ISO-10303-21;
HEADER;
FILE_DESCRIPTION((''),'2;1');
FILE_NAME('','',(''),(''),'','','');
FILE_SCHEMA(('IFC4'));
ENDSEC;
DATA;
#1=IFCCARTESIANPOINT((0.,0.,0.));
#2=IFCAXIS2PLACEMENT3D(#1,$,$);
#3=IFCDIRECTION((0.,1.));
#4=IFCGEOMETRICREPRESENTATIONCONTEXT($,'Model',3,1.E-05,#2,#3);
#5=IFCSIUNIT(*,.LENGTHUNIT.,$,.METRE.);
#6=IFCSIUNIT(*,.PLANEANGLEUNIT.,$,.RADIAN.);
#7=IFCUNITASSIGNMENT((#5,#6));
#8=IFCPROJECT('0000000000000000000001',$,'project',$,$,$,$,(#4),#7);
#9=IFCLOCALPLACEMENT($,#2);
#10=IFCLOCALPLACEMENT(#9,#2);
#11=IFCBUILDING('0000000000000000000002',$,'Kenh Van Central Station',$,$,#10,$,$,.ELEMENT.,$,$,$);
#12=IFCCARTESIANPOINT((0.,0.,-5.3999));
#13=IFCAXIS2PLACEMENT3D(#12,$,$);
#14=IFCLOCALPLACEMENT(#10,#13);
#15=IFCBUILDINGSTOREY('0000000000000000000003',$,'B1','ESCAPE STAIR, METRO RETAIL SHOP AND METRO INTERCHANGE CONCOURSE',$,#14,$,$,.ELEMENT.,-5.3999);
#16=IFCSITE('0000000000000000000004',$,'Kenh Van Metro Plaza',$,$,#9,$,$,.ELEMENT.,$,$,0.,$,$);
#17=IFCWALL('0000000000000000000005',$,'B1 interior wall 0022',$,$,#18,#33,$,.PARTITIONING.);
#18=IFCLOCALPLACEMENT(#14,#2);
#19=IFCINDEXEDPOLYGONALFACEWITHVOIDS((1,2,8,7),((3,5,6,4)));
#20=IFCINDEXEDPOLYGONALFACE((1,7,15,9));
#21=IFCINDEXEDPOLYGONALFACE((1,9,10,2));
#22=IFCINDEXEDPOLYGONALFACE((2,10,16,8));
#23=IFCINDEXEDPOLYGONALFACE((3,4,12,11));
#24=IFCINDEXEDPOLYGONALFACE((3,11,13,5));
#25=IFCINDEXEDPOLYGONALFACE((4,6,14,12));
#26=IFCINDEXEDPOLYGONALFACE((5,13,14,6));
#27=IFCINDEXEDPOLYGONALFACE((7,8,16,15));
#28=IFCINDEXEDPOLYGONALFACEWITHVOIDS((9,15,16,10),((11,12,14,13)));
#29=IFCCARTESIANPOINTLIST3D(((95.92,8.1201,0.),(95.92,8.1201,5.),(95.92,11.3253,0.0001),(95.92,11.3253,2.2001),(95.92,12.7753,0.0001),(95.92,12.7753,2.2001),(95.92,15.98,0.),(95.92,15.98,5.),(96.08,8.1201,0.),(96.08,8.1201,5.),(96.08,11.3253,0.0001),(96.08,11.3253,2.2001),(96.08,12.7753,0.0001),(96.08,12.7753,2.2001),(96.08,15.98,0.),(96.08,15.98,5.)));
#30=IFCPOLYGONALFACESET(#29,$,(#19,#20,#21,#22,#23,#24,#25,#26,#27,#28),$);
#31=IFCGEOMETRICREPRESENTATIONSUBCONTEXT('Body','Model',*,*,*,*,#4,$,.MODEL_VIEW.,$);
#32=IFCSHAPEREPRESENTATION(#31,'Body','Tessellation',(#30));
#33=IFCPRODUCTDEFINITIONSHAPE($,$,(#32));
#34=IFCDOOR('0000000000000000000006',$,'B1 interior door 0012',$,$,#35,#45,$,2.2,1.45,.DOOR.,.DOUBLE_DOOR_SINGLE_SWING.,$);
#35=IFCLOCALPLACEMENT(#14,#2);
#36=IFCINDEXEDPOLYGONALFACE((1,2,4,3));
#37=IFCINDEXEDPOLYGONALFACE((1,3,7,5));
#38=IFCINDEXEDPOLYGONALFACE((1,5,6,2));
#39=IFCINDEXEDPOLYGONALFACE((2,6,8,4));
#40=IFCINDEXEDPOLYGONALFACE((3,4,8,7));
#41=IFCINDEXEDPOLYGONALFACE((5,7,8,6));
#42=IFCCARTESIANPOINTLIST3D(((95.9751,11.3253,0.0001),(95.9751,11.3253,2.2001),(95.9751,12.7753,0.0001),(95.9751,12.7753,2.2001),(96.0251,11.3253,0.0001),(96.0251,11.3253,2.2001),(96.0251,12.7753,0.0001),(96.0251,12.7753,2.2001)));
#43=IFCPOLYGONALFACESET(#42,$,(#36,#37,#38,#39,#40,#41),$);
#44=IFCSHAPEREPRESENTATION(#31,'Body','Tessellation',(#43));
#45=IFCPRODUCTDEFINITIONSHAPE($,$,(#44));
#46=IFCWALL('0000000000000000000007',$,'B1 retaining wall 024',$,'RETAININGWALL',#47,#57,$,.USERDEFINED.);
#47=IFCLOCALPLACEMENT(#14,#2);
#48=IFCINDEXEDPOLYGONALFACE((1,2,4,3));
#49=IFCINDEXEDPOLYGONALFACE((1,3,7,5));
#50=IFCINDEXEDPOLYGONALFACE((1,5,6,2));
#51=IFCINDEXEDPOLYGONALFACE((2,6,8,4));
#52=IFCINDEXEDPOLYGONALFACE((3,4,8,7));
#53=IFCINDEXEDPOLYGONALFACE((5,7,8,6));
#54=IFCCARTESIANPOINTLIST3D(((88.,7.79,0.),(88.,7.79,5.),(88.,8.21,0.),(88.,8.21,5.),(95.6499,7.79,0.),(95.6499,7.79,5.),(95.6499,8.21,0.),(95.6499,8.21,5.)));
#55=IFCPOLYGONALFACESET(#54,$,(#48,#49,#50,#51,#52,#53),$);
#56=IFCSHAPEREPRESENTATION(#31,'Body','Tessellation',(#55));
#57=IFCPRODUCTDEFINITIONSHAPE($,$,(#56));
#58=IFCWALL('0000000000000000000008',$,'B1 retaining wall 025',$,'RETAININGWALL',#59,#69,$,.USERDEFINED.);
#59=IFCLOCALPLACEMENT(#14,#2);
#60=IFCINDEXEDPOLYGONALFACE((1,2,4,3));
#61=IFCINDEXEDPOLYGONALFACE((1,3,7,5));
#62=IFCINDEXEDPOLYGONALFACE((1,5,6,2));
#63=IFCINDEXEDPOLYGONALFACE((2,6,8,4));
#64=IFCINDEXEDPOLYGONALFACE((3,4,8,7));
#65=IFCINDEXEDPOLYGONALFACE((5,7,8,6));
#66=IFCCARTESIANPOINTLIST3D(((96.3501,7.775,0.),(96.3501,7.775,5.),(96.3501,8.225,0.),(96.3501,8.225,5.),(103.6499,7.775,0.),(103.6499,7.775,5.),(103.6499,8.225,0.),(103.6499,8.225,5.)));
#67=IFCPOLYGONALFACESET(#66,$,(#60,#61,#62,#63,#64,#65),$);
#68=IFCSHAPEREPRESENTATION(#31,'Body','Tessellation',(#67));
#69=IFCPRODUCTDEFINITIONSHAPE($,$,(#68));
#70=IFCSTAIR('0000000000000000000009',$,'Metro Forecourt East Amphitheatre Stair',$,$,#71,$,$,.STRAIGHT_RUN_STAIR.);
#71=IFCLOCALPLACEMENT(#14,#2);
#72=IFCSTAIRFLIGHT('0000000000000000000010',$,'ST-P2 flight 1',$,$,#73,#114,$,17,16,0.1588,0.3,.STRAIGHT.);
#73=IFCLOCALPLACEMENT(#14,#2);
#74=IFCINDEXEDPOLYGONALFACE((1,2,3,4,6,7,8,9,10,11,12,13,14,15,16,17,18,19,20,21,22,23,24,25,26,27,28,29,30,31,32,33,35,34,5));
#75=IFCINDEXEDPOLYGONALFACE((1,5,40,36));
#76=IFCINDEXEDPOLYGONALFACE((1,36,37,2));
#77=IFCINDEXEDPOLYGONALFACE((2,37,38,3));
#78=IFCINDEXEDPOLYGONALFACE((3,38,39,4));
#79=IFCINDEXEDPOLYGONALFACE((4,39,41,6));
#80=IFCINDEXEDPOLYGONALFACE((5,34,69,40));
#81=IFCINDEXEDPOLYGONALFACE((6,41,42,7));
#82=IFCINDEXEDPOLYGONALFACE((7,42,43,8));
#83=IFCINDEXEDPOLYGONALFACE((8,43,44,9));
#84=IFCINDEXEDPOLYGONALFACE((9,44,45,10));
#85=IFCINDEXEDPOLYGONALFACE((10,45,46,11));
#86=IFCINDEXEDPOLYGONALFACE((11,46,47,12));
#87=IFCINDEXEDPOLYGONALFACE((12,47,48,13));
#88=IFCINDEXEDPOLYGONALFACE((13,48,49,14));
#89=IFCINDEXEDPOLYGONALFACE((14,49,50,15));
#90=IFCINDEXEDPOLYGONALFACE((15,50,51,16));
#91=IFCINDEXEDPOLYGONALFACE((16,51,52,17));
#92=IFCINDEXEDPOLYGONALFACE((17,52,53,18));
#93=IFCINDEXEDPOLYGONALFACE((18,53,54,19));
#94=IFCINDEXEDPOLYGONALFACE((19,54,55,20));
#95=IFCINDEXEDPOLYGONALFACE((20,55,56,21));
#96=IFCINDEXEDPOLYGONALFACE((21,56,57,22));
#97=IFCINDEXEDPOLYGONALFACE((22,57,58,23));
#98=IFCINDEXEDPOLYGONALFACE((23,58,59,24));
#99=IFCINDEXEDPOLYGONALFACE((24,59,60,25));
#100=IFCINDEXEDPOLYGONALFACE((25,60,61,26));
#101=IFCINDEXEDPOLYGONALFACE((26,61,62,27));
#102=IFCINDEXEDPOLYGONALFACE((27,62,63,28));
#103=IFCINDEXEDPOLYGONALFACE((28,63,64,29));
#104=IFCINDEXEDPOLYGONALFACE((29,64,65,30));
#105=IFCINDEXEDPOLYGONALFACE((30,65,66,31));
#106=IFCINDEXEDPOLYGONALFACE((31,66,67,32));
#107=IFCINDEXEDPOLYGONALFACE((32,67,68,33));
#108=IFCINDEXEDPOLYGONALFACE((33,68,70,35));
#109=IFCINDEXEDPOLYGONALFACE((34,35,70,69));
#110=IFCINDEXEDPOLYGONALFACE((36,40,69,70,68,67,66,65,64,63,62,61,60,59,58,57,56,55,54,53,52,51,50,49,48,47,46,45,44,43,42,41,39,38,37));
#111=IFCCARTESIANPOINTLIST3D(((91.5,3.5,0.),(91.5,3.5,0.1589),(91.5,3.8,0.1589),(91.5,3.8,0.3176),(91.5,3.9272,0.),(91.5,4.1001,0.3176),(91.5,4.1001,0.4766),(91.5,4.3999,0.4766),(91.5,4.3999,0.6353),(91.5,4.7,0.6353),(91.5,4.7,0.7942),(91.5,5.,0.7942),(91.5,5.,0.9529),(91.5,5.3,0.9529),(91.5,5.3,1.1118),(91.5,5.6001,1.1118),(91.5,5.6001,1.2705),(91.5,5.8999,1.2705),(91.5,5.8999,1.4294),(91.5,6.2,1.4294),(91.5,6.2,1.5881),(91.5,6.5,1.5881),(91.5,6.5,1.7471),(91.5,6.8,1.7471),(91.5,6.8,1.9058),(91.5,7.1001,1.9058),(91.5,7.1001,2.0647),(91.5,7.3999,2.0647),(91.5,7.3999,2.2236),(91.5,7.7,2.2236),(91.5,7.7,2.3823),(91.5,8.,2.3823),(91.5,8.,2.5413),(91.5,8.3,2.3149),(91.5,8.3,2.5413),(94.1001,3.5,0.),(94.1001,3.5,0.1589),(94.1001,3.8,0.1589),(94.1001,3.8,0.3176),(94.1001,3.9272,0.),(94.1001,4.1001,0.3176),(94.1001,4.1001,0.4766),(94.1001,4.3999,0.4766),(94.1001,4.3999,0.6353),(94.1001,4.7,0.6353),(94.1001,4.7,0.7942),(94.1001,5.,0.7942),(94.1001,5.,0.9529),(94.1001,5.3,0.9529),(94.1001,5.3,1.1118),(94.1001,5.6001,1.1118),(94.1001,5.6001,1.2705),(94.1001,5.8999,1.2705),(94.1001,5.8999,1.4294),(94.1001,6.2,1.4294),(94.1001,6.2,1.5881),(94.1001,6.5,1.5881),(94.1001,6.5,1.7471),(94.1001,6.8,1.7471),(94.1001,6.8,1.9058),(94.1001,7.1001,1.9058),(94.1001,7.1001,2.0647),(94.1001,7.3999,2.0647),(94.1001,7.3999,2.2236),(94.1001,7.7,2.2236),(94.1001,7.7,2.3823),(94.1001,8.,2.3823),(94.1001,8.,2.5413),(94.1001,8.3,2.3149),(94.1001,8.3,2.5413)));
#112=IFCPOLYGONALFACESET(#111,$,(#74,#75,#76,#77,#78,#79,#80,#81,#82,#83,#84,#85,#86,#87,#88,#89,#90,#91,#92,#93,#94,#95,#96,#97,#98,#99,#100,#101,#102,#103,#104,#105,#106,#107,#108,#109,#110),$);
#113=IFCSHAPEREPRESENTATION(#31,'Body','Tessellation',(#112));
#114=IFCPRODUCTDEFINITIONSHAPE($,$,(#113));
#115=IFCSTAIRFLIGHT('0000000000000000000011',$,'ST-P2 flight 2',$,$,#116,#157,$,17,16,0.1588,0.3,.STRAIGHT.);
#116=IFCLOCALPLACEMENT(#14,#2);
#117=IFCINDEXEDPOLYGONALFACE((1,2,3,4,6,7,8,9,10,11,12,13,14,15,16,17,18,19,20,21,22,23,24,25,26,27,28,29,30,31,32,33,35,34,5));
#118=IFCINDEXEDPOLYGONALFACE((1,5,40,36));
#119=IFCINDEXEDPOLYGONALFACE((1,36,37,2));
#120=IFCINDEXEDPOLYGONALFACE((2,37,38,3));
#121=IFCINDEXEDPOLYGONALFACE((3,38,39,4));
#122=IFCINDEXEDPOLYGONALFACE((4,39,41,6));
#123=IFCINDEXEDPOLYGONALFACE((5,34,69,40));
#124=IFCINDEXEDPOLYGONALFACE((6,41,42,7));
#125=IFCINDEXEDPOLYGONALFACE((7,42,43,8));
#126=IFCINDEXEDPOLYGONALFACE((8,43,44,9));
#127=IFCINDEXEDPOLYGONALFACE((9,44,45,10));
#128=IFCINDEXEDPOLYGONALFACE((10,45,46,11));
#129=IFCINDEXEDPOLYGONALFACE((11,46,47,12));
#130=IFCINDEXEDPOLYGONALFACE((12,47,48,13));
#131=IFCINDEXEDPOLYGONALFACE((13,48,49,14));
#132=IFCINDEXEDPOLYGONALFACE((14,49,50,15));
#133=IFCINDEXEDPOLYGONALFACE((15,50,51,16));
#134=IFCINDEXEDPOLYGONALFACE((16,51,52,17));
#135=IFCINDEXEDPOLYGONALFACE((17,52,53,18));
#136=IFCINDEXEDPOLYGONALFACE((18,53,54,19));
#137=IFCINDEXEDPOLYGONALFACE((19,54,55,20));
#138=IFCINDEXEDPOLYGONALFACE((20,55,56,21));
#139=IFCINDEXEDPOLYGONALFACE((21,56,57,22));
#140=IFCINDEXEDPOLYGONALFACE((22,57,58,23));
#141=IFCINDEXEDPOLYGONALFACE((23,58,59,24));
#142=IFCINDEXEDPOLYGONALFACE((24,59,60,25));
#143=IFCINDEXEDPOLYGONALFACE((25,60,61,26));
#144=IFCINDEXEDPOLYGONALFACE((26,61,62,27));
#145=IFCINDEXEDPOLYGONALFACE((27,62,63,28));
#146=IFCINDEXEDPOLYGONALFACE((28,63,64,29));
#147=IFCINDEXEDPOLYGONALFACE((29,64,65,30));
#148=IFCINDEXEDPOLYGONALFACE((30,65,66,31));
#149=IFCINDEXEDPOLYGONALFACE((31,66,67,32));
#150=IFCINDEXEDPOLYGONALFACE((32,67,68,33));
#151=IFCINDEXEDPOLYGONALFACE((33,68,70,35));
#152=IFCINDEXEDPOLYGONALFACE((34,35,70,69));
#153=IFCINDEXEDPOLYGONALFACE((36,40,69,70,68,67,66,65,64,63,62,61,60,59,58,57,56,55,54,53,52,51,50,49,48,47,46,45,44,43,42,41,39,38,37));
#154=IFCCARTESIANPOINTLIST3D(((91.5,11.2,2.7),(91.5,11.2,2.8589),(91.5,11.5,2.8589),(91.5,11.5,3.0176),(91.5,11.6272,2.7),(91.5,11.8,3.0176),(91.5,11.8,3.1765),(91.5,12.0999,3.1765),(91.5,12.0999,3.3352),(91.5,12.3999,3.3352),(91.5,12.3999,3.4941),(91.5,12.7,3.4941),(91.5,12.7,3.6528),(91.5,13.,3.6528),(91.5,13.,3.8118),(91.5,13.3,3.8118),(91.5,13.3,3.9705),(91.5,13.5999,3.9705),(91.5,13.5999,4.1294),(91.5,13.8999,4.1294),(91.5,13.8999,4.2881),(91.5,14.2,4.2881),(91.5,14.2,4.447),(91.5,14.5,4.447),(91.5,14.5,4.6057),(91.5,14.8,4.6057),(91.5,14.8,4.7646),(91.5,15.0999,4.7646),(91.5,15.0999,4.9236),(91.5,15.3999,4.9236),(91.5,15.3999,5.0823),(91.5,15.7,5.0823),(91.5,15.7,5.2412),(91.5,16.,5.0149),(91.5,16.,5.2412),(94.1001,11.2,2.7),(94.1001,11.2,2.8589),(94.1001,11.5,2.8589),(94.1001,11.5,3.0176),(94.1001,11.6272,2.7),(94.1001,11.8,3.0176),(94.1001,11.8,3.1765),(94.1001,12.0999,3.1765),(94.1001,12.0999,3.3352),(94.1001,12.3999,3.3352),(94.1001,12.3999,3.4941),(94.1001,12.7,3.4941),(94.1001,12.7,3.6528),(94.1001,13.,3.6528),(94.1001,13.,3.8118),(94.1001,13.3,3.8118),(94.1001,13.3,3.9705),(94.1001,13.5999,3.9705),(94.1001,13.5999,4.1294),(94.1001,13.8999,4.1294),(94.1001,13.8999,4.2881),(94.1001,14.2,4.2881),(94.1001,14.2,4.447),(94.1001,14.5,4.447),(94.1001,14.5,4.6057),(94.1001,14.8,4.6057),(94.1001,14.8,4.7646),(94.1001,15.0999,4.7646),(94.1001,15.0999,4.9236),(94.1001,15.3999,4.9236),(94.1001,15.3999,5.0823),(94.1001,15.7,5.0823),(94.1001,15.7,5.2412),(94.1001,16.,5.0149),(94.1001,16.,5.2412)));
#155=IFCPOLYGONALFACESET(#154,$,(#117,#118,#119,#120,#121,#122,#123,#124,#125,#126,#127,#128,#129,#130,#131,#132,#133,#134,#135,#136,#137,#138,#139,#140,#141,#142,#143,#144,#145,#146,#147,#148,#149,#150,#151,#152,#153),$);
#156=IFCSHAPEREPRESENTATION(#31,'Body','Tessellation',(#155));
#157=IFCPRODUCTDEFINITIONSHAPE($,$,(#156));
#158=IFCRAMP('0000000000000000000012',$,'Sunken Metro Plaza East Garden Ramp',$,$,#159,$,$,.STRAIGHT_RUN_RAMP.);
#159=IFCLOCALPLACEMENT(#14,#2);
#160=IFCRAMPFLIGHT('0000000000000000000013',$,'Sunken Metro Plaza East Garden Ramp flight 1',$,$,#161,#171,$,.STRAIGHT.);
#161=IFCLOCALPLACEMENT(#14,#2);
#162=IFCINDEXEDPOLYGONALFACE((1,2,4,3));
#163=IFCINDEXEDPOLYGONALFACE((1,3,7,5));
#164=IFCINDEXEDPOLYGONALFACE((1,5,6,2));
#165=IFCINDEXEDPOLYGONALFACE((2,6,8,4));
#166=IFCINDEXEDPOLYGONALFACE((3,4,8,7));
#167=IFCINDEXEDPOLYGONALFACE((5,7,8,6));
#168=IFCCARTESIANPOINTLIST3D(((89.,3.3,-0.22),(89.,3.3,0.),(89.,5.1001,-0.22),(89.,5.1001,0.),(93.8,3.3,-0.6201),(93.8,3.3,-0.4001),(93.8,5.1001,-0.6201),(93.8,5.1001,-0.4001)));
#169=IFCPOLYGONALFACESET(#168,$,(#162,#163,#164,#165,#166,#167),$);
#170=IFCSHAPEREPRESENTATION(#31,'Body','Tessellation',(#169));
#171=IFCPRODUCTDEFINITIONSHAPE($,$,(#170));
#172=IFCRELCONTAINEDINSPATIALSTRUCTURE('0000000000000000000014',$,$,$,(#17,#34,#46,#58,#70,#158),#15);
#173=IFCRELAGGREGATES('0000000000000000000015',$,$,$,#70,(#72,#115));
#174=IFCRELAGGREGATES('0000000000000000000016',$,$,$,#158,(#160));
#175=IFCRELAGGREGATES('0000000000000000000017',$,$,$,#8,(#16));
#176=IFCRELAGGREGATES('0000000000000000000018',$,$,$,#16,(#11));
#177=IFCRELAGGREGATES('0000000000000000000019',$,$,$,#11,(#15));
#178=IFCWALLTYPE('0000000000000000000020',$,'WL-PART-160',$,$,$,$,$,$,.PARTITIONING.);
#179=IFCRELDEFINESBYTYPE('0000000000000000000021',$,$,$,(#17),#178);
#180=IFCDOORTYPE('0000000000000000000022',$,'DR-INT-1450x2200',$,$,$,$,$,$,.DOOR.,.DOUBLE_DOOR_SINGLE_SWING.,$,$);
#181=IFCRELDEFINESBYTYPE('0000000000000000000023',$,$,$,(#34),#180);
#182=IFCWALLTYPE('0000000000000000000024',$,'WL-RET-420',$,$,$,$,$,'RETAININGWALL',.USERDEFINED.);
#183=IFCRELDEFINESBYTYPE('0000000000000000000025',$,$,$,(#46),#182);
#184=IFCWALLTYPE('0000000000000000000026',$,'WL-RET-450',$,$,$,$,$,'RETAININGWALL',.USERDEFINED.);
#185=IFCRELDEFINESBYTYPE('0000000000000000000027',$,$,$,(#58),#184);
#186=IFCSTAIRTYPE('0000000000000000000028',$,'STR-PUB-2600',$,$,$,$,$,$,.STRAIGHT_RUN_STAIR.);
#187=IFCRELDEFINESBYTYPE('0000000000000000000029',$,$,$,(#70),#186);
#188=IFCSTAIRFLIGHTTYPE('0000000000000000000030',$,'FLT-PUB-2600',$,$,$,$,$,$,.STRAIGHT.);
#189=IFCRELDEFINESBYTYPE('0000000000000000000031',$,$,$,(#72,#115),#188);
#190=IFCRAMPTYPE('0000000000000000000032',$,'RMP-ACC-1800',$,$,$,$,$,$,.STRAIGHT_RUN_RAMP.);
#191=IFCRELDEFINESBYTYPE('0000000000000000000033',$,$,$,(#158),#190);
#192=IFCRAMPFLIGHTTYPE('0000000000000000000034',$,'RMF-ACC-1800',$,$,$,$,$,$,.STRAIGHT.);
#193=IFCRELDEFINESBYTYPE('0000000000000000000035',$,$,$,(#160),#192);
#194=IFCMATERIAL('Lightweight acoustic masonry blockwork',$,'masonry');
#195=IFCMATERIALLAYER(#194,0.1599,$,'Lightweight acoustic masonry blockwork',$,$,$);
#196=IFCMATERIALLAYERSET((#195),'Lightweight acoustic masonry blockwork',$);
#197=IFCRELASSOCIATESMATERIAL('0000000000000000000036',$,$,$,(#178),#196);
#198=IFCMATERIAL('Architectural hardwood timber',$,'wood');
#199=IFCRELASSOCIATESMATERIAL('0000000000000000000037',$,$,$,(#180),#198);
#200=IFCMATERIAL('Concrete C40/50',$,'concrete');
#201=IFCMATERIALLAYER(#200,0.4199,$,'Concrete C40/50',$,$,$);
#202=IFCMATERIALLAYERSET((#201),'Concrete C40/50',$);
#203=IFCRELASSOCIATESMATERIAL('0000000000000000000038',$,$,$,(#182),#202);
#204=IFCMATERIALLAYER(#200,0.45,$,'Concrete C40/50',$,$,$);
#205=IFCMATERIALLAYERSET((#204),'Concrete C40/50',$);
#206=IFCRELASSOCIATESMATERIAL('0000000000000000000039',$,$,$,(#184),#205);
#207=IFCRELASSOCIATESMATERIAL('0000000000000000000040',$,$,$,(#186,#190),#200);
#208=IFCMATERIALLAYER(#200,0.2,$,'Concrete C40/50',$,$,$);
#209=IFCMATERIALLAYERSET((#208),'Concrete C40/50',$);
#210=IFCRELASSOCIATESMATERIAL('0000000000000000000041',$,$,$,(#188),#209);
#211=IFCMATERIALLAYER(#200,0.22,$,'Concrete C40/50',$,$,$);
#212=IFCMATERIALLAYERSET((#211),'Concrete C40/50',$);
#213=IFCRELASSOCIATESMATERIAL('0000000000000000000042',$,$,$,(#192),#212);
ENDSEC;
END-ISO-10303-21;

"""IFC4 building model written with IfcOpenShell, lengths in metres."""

from ifc_helpers import new_model, si_unit, direction, frame, frame_2d, origin, place, context, subcontext, project, spatial, polyline, rectangle, outline, extrude, material, layer, layer_set, type_object, element, fill, aggregate, save


model = new_model("IFC4")

# Units and contexts
model_context = context("Model", 3, precision=1e-05, world=origin(), true_north=direction((0.0, 1.0)))
body_context = subcontext(model_context, "Body", "Model", "MODEL_VIEW")
ifc_project = project(units=[si_unit("LENGTHUNIT", "METRE"), si_unit("PLANEANGLEUNIT", "RADIAN")], contexts=[model_context])

# Site, building, storey
site_placement = place(None, origin())
site = spatial("IfcSite", under=ifc_project, at=site_placement, Name="Kenh Van Metro Plaza", CompositionType="ELEMENT", RefElevation=0.0)
building_placement = place(site_placement, origin())
building = spatial("IfcBuilding", under=site, at=building_placement, Name="Kenh Van Central Station", CompositionType="ELEMENT")
storey_placement = place(building_placement, frame((0.0, 0.0, -5.3999)))
storey = spatial("IfcBuildingStorey", under=building, at=storey_placement, Name="B1", Description="ESCAPE STAIR, METRO RETAIL SHOP AND METRO INTERCHANGE CONCOURSE", CompositionType="ELEMENT", Elevation=-5.3999)

# Shared definitions
ifc_material_1 = material(Name="Concrete C40/50", Category="concrete")

# Wall, opening, door
ifc_material_2 = material(Name="Lightweight acoustic masonry blockwork", Category="masonry")
ifc_layer_1 = layer(ifc_material_2, 0.1599, Name="Lightweight acoustic masonry blockwork")
ifc_layer_set_1 = layer_set([ifc_layer_1], Name="Lightweight acoustic masonry blockwork")
wall_type_1 = type_object("IfcWallType", Name="WL-PART-160", PredefinedType="PARTITIONING", material=ifc_layer_set_1)
wall_1_placement = place(storey_placement, frame((96.0, 8.1201, 0.0), z_axis=(0.0, 0.0, 1.0), x_axis=(0.0, 1.0, 0.0)))
wall_1 = element("IfcWall", 1, at=wall_1_placement, inside=storey, type_object=wall_type_1, Name="B1 interior wall 0022", PredefinedType="PARTITIONING", context=body_context, shape_type="SweptSolid", body=[
    extrude(rectangle(XDim=7.8599, YDim=0.1599, at=frame_2d((3.9299, 0.0))), origin(), (0.0, 0.0, 1.0), 5.0),
])
opening_placement = place(wall_1_placement, frame((3.2051, 0.0, 0.0)))
opening = element("IfcOpeningElement", 2, at=opening_placement, cuts=wall_1, PredefinedType="OPENING", context=body_context, shape_type="SweptSolid", body=[
    extrude(rectangle(XDim=1.45, YDim=2.2, at=frame_2d((0.7251, 1.1001))), frame((0.0, 0.0898, 0.0), z_axis=(0.0, -1.0, 0.0), x_axis=(1.0, 0.0, 0.0)), (0.0, 0.0, 1.0), 0.1799),
])
ifc_material_3 = material(Name="Architectural hardwood timber", Category="wood")
door_type = type_object("IfcDoorType", Name="DR-INT-1450x2200", OperationType="DOUBLE_DOOR_SINGLE_SWING", PredefinedType="DOOR", material=ifc_material_3)
door_placement = place(opening_placement, origin())
door = element("IfcDoor", 3, at=door_placement, inside=storey, type_object=door_type, Name="B1 interior door 0012", OperationType="DOUBLE_DOOR_SINGLE_SWING", OverallHeight=2.2, OverallWidth=1.45, PredefinedType="DOOR", context=body_context, shape_type="SweptSolid", body=[
    extrude(rectangle(XDim=1.45, YDim=2.2, at=frame_2d((0.7251, 1.1001))), frame((0.0, 0.0249, 0.0), z_axis=(0.0, -1.0, 0.0), x_axis=(1.0, 0.0, 0.0)), (0.0, 0.0, 1.0), 0.05),
])
fill(opening, door)

# Walls
ifc_layer_2 = layer(ifc_material_1, 0.4199, Name="Concrete C40/50")
ifc_layer_set_2 = layer_set([ifc_layer_2], Name="Concrete C40/50")
wall_type_2 = type_object("IfcWallType", Name="WL-RET-420", ElementType="RETAININGWALL", PredefinedType="USERDEFINED", material=ifc_layer_set_2)
wall_2_placement = place(storey_placement, frame((88.0, 8.0, 0.0), z_axis=(0.0, 0.0, 1.0), x_axis=(1.0, 0.0, 0.0)))
element("IfcWall", 4, at=wall_2_placement, inside=storey, type_object=wall_type_2, Name="B1 retaining wall 024", ObjectType="RETAININGWALL", PredefinedType="USERDEFINED", context=body_context, shape_type="SweptSolid", body=[
    extrude(rectangle(XDim=7.6499, YDim=0.4199, at=frame_2d((3.825, 0.0))), origin(), (0.0, 0.0, 1.0), 5.0),
])
ifc_layer_3 = layer(ifc_material_1, 0.45, Name="Concrete C40/50")
ifc_layer_set_3 = layer_set([ifc_layer_3], Name="Concrete C40/50")
wall_type_3 = type_object("IfcWallType", Name="WL-RET-450", ElementType="RETAININGWALL", PredefinedType="USERDEFINED", material=ifc_layer_set_3)
wall_3_placement = place(storey_placement, frame((96.3501, 8.0, 0.0), z_axis=(0.0, 0.0, 1.0), x_axis=(1.0, 0.0, 0.0)))
element("IfcWall", 5, at=wall_3_placement, inside=storey, type_object=wall_type_3, Name="B1 retaining wall 025", ObjectType="RETAININGWALL", PredefinedType="USERDEFINED", context=body_context, shape_type="SweptSolid", body=[
    extrude(rectangle(XDim=7.2998, YDim=0.45, at=frame_2d((3.6499, 0.0))), origin(), (0.0, 0.0, 1.0), 5.0),
])

# Stair, stair flights
stair_type = type_object("IfcStairType", Name="STR-PUB-2600", PredefinedType="STRAIGHT_RUN_STAIR", material=ifc_material_1)
stair_placement = place(storey_placement, origin())
stair = element("IfcStair", 6, at=stair_placement, inside=storey, type_object=stair_type, Name="Metro Forecourt East Amphitheatre Stair", PredefinedType="STRAIGHT_RUN_STAIR")
ifc_layer_4 = layer(ifc_material_1, 0.2, Name="Concrete C40/50")
ifc_layer_set_4 = layer_set([ifc_layer_4], Name="Concrete C40/50")
stair_flight_type = type_object("IfcStairFlightType", Name="FLT-PUB-2600", PredefinedType="STRAIGHT", material=ifc_layer_set_4)
stair_flight_1_placement = place(storey_placement, frame((92.8, 3.5, 0.0), z_axis=(0.0, 0.0, 1.0), x_axis=(0.0, 1.0, 0.0)))
stair_flight_1 = element("IfcStairFlight", 7, at=stair_flight_1_placement, type_object=stair_flight_type, Name="ST-P2 flight 1", NumberOfRisers=17, NumberOfTreads=16, PredefinedType="STRAIGHT", RiserHeight=0.1588, TreadLength=0.3, context=body_context, shape_type="SweptSolid", body=[
    extrude(outline(polyline([(0.0, 0.0), (0.0, 0.1589), (0.3, 0.1589), (0.3, 0.3176), (0.6001, 0.3176), (0.6001, 0.4766), (0.8999, 0.4766), (0.8999, 0.6353), (1.2, 0.6353), (1.2, 0.7942), (1.5, 0.7942), (1.5, 0.9529), (1.8, 0.9529), (1.8, 1.1118), (2.1001, 1.1118), (2.1001, 1.2705), (2.3999, 1.2705), (2.3999, 1.4294), (2.7, 1.4294), (2.7, 1.5881), (3.0, 1.5881), (3.0, 1.7471), (3.3, 1.7471), (3.3, 1.9058), (3.6001, 1.9058), (3.6001, 2.0647), (3.8999, 2.0647), (3.8999, 2.2236), (4.2, 2.2236), (4.2, 2.3823), (4.5, 2.3823), (4.5, 2.5413), (4.8, 2.5413), (4.8, 2.7), (4.8, 2.3149), (0.4272, 0.0), (0.0, 0.0)])), frame((0.0, 1.3, 0.0), z_axis=(0.0, -1.0, 0.0), x_axis=(1.0, 0.0, 0.0)), (0.0, 0.0, 1.0), 2.6001),
])
stair_flight_2_placement = place(storey_placement, frame((92.8, 11.2, 2.7), z_axis=(0.0, 0.0, 1.0), x_axis=(0.0, 1.0, 0.0)))
stair_flight_2 = element("IfcStairFlight", 8, at=stair_flight_2_placement, type_object=stair_flight_type, Name="ST-P2 flight 2", NumberOfRisers=17, NumberOfTreads=16, PredefinedType="STRAIGHT", RiserHeight=0.1588, TreadLength=0.3, context=body_context, shape_type="SweptSolid", body=[
    extrude(outline(polyline([(0.0, 0.0), (0.0, 0.1589), (0.3, 0.1589), (0.3, 0.3176), (0.6001, 0.3176), (0.6001, 0.4766), (0.8999, 0.4766), (0.8999, 0.6353), (1.2, 0.6353), (1.2, 0.7942), (1.5, 0.7942), (1.5, 0.9529), (1.8, 0.9529), (1.8, 1.1118), (2.1001, 1.1118), (2.1001, 1.2705), (2.3999, 1.2705), (2.3999, 1.4294), (2.7, 1.4294), (2.7, 1.5881), (3.0, 1.5881), (3.0, 1.7471), (3.3, 1.7471), (3.3, 1.9058), (3.6001, 1.9058), (3.6001, 2.0647), (3.8999, 2.0647), (3.8999, 2.2236), (4.2, 2.2236), (4.2, 2.3823), (4.5, 2.3823), (4.5, 2.5413), (4.8, 2.5413), (4.8, 2.7), (4.8, 2.3149), (0.4272, 0.0), (0.0, 0.0)])), frame((0.0, 1.3, 0.0), z_axis=(0.0, -1.0, 0.0), x_axis=(1.0, 0.0, 0.0)), (0.0, 0.0, 1.0), 2.6001),
])
aggregate(stair, [stair_flight_1, stair_flight_2])

# Ramp, ramp flight
ramp_type = type_object("IfcRampType", Name="RMP-ACC-1800", PredefinedType="STRAIGHT_RUN_RAMP", material=ifc_material_1)
ramp_placement = place(storey_placement, origin())
ramp = element("IfcRamp", 9, at=ramp_placement, inside=storey, type_object=ramp_type, Name="Sunken Metro Plaza East Garden Ramp", PredefinedType="STRAIGHT_RUN_RAMP")
ifc_layer_5 = layer(ifc_material_1, 0.22, Name="Concrete C40/50")
ifc_layer_set_5 = layer_set([ifc_layer_5], Name="Concrete C40/50")
ramp_flight_type = type_object("IfcRampFlightType", Name="RMF-ACC-1800", PredefinedType="STRAIGHT", material=ifc_layer_set_5)
ramp_flight_placement = place(storey_placement, frame((93.8, 4.2, -0.4001), z_axis=(0.0, 0.0, 1.0), x_axis=(-1.0, 0.0, 0.0)))
ramp_flight = element("IfcRampFlight", 10, at=ramp_flight_placement, type_object=ramp_flight_type, Name="Sunken Metro Plaza East Garden Ramp flight 1", PredefinedType="STRAIGHT", context=body_context, shape_type="SweptSolid", body=[
    extrude(outline(polyline([(0.0, 0.0), (0.0, -0.22), (4.8, 0.1802), (4.8, 0.4001), (0.0, 0.0)])), frame((0.0, 0.8999, 0.0), z_axis=(0.0, -1.0, 0.0), x_axis=(1.0, 0.0, 0.0)), (0.0, 0.0, 1.0), 1.8),
])
aggregate(ramp, [ramp_flight])

save(model, "model.ifc")
